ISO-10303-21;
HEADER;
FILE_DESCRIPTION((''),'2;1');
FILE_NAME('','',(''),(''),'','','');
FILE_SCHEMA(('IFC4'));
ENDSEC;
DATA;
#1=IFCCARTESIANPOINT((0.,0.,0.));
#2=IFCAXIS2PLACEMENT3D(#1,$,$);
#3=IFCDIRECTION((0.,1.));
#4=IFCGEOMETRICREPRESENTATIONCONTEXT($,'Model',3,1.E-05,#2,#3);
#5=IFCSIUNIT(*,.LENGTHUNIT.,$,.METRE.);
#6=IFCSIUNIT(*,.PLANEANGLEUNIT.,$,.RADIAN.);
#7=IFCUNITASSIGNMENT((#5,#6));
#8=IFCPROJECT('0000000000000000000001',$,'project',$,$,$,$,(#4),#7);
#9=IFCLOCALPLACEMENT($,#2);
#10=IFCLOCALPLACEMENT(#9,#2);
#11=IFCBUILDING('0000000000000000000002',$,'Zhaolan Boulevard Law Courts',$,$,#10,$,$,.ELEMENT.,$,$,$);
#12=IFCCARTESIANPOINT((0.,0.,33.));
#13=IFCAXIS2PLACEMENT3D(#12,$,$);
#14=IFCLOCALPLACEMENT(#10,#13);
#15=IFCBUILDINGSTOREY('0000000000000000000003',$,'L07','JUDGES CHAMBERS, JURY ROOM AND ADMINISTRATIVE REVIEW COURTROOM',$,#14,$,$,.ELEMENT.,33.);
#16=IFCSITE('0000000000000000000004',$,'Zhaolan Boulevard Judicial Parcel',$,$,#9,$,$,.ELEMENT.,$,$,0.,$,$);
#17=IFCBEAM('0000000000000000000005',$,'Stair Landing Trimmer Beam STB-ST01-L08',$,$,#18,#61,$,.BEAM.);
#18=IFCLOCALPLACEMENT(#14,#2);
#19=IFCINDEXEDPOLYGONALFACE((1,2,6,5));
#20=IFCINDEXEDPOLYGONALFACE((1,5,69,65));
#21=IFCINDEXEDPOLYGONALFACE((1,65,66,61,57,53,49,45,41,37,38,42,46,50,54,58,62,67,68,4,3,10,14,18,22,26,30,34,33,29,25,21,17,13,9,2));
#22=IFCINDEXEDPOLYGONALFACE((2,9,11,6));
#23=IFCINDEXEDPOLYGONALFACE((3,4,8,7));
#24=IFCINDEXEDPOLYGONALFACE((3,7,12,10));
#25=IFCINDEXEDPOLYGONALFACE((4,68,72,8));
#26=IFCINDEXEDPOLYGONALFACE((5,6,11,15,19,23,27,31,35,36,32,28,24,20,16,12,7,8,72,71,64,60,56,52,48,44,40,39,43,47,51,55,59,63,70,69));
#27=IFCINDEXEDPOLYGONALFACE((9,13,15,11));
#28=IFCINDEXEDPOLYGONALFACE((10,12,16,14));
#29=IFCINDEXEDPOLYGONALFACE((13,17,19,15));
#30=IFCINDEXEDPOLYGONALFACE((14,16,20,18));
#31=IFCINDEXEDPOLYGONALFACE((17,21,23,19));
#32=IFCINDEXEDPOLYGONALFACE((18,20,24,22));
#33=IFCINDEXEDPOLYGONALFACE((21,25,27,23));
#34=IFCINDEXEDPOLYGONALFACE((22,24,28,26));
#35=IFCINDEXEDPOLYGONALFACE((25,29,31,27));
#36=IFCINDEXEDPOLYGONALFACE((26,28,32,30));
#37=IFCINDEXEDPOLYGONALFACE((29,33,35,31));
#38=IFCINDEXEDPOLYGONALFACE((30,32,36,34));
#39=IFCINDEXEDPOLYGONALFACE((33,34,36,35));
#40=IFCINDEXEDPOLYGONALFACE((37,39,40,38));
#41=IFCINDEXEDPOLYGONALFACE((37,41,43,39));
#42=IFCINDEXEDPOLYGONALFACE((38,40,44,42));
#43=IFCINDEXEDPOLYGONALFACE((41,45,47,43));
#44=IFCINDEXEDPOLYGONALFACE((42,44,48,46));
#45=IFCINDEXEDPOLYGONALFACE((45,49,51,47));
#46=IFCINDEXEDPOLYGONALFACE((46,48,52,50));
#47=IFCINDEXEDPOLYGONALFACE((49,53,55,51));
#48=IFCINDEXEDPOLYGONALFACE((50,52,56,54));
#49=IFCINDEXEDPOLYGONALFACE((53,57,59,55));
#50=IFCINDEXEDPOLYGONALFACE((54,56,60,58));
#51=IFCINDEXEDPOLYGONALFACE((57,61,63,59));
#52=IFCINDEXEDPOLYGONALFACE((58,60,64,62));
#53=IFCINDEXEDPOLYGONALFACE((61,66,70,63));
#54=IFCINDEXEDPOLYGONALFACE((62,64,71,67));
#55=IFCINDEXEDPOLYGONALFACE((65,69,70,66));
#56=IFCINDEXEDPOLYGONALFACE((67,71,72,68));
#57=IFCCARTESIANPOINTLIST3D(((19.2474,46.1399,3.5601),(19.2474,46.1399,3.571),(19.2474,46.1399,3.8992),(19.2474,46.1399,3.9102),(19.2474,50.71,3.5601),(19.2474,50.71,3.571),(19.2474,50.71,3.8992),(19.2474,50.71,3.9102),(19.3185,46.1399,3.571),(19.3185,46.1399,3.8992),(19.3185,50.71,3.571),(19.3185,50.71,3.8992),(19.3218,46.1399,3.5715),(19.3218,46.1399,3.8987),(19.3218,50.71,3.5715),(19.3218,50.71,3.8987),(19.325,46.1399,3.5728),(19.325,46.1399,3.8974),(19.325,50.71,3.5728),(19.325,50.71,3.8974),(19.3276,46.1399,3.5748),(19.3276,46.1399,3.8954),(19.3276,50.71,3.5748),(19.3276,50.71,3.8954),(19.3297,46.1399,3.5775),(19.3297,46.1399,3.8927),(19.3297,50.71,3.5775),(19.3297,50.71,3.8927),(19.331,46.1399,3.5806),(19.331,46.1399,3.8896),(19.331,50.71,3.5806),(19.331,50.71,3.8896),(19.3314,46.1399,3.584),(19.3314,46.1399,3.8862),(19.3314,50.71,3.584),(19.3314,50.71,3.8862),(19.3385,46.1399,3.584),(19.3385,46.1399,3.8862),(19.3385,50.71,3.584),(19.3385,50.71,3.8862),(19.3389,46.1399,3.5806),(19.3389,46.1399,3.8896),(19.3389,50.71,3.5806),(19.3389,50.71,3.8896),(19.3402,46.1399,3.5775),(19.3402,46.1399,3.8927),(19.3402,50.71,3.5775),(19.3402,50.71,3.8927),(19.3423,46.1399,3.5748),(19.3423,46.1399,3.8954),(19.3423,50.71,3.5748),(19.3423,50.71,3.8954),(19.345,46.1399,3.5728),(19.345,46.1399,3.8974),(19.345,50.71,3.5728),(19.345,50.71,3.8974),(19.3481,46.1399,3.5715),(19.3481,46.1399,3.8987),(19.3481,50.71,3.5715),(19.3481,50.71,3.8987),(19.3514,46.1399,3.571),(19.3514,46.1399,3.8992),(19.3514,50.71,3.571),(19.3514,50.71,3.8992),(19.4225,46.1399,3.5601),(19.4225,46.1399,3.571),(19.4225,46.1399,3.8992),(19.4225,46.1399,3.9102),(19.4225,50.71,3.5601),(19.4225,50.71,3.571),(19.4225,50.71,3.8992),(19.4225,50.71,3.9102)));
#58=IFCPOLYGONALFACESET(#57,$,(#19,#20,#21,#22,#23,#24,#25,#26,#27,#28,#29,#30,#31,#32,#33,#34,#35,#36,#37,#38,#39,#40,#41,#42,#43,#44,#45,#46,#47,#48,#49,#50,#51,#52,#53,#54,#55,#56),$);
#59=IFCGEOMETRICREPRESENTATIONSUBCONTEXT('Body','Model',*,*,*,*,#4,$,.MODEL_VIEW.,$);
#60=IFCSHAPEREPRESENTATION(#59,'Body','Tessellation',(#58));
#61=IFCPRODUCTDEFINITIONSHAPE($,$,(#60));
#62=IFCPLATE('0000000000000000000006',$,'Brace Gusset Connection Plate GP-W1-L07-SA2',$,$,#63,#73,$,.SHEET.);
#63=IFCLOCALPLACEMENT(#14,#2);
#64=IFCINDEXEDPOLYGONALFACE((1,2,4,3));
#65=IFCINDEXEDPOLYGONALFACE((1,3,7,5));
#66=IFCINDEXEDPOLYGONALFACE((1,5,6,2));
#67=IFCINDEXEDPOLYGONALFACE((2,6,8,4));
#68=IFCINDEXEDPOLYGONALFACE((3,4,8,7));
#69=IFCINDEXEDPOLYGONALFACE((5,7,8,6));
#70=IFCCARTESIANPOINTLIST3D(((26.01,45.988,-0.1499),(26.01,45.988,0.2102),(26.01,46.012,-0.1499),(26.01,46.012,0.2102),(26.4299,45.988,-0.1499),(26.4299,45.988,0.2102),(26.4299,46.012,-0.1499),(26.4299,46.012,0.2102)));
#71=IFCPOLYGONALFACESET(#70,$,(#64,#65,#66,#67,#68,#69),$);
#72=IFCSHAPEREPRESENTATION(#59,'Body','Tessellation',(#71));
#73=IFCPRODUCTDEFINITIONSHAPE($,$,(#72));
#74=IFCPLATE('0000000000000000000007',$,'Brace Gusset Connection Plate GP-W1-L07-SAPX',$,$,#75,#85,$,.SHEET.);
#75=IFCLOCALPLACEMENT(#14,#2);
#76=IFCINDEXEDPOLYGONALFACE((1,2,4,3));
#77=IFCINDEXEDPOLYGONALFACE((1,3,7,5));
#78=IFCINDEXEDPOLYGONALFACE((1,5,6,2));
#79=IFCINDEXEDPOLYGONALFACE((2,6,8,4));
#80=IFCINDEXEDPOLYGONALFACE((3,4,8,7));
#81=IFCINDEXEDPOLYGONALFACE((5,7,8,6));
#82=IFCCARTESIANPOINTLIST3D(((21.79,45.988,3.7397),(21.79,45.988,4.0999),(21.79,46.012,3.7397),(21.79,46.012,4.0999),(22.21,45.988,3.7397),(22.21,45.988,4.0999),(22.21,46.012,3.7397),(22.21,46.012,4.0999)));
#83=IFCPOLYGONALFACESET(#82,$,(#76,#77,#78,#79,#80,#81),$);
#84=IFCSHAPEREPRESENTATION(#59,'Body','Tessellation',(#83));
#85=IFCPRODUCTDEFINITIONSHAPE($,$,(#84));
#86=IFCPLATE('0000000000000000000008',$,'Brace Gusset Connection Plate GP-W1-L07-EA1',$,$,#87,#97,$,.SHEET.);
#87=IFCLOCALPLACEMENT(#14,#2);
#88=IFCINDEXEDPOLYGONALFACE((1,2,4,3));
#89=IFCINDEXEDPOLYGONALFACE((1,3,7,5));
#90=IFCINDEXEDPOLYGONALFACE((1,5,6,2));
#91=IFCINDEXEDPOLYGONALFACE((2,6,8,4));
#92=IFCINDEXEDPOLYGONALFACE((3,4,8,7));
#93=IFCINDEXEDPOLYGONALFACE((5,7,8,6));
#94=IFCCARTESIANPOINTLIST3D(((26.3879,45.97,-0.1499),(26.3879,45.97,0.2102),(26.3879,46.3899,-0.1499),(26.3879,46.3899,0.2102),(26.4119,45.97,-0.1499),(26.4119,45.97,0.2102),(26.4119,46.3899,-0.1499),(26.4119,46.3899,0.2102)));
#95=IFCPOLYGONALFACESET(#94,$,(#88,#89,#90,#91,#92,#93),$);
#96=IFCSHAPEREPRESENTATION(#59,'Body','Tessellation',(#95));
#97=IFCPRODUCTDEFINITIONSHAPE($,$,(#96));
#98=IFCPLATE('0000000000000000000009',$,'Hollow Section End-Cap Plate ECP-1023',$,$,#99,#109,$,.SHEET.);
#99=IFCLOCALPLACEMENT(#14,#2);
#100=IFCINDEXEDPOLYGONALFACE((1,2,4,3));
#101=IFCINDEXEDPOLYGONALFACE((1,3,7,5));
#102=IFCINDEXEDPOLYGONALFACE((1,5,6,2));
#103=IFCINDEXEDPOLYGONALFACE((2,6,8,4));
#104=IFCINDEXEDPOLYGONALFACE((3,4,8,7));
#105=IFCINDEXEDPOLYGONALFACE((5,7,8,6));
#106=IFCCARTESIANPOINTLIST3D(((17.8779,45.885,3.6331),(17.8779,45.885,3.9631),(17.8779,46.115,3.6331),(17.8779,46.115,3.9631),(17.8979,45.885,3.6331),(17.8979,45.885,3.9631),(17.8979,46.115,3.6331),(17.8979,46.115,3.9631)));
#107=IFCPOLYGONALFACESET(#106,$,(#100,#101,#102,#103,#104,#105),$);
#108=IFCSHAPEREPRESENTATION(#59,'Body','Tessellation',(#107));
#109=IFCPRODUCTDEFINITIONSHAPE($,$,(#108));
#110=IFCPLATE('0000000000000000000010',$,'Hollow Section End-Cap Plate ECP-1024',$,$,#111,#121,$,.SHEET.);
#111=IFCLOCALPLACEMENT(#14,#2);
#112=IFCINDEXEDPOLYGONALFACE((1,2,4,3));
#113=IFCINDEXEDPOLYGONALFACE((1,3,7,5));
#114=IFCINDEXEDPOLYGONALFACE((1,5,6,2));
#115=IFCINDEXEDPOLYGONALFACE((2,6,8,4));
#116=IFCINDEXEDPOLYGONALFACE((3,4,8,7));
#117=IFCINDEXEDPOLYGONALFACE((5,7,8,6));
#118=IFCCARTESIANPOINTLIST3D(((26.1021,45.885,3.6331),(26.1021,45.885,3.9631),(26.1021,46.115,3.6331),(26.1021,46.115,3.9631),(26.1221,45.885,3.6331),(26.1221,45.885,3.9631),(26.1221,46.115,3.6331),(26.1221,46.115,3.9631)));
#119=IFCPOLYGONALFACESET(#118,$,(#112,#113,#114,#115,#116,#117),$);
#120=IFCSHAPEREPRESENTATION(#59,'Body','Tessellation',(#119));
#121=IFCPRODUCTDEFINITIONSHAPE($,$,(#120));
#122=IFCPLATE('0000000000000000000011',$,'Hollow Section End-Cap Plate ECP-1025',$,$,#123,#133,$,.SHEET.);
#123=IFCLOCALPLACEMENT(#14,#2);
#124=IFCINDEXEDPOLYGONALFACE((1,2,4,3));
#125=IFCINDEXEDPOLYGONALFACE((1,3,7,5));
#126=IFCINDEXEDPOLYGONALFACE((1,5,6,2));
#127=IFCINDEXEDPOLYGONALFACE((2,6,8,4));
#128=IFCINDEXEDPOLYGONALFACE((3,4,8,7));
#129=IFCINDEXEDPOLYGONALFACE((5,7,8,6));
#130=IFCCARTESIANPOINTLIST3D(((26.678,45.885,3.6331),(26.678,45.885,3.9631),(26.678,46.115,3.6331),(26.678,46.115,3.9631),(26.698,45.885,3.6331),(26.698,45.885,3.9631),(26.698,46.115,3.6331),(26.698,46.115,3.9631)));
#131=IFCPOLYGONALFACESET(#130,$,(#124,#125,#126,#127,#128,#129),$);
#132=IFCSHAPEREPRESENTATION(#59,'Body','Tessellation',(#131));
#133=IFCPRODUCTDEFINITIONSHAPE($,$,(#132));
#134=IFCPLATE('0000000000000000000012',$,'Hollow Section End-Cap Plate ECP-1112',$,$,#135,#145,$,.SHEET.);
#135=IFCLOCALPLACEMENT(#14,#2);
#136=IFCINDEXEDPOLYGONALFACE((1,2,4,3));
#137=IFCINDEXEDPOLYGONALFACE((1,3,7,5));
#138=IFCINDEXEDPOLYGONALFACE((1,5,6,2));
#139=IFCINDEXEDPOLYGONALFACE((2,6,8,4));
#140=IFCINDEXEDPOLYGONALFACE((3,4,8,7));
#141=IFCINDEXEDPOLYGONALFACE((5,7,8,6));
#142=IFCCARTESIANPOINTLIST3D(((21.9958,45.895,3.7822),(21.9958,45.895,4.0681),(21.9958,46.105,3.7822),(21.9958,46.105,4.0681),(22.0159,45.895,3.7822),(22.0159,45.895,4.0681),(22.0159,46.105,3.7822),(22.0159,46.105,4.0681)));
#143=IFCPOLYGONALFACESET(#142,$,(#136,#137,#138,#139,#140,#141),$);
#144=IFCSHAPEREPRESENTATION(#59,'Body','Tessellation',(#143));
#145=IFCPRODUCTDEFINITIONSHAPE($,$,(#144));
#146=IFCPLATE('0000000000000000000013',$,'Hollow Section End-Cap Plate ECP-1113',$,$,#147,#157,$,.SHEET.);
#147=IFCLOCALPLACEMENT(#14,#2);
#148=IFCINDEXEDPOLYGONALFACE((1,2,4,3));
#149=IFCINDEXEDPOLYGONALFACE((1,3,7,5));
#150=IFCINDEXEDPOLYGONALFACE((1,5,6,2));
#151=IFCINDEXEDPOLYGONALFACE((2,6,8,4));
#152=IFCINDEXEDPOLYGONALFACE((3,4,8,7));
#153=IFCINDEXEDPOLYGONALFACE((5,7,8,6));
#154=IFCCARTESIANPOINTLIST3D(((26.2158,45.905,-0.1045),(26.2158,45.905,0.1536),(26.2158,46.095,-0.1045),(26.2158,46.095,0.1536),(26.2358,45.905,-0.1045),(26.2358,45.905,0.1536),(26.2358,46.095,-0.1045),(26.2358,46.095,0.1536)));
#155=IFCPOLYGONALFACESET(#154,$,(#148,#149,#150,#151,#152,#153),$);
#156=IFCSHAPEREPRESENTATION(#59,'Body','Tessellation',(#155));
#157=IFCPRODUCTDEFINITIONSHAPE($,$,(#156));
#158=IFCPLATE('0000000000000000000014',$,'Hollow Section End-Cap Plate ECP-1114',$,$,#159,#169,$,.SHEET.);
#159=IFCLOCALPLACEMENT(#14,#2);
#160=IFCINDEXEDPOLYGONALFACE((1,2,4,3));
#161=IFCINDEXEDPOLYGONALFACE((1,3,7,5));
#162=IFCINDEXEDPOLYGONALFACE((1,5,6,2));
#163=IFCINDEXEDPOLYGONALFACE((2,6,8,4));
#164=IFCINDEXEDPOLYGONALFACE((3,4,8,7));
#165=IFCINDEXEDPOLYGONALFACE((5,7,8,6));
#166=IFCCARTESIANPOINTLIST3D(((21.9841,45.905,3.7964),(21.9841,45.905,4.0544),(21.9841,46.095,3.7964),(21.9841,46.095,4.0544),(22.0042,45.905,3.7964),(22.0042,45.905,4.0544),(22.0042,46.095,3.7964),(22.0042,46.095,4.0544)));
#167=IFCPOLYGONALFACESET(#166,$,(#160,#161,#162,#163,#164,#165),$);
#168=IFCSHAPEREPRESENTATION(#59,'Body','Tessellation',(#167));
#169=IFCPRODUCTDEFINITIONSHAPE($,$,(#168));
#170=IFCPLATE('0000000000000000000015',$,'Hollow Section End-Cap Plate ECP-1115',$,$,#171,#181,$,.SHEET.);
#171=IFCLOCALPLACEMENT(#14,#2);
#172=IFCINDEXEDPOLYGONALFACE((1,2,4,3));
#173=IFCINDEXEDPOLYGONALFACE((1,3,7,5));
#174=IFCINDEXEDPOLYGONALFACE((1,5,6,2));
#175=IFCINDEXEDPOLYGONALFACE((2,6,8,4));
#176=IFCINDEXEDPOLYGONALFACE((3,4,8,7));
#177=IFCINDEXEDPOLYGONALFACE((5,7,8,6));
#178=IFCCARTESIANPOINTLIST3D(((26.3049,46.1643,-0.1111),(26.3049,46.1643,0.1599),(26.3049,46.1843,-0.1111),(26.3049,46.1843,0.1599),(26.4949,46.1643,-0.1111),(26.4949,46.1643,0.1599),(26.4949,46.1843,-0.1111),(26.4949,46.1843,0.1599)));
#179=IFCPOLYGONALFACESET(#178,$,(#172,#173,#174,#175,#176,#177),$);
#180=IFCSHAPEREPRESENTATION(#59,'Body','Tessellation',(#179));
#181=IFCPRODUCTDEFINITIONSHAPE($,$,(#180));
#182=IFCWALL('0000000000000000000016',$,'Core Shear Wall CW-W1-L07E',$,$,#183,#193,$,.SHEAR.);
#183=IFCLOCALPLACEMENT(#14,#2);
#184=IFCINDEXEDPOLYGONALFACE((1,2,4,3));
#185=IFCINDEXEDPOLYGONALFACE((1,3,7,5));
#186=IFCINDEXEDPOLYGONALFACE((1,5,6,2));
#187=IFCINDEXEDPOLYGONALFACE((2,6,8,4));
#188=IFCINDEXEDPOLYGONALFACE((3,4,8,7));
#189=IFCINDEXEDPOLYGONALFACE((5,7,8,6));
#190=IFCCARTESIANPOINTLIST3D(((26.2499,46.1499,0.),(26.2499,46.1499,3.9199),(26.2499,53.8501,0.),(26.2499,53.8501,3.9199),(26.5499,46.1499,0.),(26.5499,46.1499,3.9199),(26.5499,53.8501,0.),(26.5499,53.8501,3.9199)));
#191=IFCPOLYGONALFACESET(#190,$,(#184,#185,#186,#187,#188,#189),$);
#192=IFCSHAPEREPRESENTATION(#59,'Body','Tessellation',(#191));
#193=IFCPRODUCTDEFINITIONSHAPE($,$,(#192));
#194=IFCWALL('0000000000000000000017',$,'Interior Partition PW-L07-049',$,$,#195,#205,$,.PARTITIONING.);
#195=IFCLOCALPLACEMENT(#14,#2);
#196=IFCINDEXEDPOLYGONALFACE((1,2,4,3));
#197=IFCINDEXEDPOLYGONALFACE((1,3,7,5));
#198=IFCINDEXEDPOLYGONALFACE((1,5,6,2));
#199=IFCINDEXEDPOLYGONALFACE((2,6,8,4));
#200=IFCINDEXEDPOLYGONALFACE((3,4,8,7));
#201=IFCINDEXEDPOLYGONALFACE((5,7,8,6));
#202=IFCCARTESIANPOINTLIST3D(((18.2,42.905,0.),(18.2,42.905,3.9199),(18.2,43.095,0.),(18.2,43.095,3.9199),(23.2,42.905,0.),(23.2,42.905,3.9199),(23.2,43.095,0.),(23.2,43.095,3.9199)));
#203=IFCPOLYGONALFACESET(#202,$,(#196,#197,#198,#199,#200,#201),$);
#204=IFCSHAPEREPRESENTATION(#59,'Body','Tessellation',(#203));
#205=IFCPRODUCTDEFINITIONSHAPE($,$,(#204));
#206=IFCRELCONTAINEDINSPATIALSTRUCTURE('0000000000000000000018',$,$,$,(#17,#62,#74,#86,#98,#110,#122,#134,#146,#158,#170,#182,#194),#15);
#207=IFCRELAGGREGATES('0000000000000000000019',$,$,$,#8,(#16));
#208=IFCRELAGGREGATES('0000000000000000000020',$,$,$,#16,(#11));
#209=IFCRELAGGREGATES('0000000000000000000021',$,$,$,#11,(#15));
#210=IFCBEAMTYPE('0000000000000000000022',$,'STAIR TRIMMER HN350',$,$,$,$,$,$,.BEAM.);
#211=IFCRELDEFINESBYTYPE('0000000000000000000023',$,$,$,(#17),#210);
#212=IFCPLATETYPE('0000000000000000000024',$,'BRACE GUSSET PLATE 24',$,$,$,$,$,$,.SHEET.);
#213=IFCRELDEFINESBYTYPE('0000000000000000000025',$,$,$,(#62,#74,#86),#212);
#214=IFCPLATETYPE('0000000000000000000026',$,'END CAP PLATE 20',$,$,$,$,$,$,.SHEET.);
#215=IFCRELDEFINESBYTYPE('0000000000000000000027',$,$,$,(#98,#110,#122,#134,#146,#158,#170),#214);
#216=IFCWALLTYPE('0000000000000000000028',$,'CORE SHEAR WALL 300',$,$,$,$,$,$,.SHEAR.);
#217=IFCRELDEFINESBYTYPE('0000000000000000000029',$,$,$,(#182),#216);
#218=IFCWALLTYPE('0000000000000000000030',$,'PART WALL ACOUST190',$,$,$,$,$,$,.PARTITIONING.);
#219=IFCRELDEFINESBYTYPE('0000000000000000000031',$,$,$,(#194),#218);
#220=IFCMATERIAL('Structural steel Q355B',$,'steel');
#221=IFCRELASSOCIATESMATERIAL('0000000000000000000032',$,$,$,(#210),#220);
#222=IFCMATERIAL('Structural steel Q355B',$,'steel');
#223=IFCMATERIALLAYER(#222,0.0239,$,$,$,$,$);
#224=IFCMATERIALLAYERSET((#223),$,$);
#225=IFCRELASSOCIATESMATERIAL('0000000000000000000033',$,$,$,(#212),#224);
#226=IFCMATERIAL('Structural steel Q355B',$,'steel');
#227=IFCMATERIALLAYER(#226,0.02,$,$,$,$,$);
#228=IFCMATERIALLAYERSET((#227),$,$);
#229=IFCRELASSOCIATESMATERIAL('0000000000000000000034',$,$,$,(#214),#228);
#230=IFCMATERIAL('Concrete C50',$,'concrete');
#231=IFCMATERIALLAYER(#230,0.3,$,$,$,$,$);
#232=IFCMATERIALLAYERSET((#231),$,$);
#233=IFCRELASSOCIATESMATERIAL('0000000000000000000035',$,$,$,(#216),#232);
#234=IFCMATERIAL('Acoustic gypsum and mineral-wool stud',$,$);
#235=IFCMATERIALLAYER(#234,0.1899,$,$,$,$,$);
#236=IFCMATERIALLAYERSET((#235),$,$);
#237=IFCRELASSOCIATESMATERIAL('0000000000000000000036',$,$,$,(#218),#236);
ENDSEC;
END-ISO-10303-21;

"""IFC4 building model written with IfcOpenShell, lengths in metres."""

from ifc_helpers import new_model, si_unit, direction, frame, frame_2d, origin, origin_2d, place, context, subcontext, project, spatial, rectangle, i_section, extrude, material, layer, layer_set, material_profile, profile_set, type_object, element, save


model = new_model("IFC4")

# Units and contexts
model_context = context("Model", 3, precision=1e-05, world=origin(), true_north=direction((0.0, 1.0)))
body_context = subcontext(model_context, "Body", "Model", "MODEL_VIEW")
ifc_project = project(units=[si_unit("LENGTHUNIT", "METRE"), si_unit("PLANEANGLEUNIT", "RADIAN")], contexts=[model_context])

# Site, building, storey
site_placement = place(None, origin())
site = spatial("IfcSite", under=ifc_project, at=site_placement, Name="Zhaolan Boulevard Judicial Parcel", CompositionType="ELEMENT", RefElevation=0.0)
building_placement = place(site_placement, origin())
building = spatial("IfcBuilding", under=site, at=building_placement, Name="Zhaolan Boulevard Law Courts", CompositionType="ELEMENT")
storey_placement = place(building_placement, frame((0.0, 0.0, 33.0)))
storey = spatial("IfcBuildingStorey", under=building, at=storey_placement, Name="L07", Description="JUDGES CHAMBERS, JURY ROOM AND ADMINISTRATIVE REVIEW COURTROOM", CompositionType="ELEMENT", Elevation=33.0)

# Beam
ifc_material_1 = material(Name="Structural steel Q355B", Category="steel")
ifc_material_profile_1 = material_profile(ifc_material_1, i_section(OverallWidth=0.175, OverallDepth=0.3501, WebThickness=0.0071, FlangeThickness=0.011, FilletRadius=0.0129, at=origin_2d()), Name="HN350x175")
ifc_profile_set_1 = profile_set([ifc_material_profile_1], Name="Structural steel Q355B")
beam_type_1 = type_object("IfcBeamType", Name="STAIR TRIMMER HN350", PredefinedType="BEAM", material=ifc_profile_set_1)
beam_1_placement = place(storey_placement, frame((19.335, 46.1399, 3.7351), z_axis=(0.0, 1.0, 0.0), x_axis=(-1.0, 0.0, 0.0)))
element("IfcBeam", 1, at=beam_1_placement, inside=storey, type_object=beam_type_1, Name="Stair Landing Trimmer Beam STB-ST01-L08", PredefinedType="BEAM", context=body_context, shape_type="SweptSolid", body=[
    extrude(i_section(OverallWidth=0.175, OverallDepth=0.3501, WebThickness=0.0071, FlangeThickness=0.011, FilletRadius=0.0129, at=origin_2d()), origin(), (0.0, 0.0, 1.0), 4.5701),
])

# Plates
ifc_material_2 = material(Name="Structural steel Q355B", Category="steel")
ifc_layer_1 = layer(ifc_material_2, 0.0239)
ifc_layer_set_1 = layer_set([ifc_layer_1])
plate_type_1 = type_object("IfcPlateType", Name="BRACE GUSSET PLATE 24", PredefinedType="SHEET", material=ifc_layer_set_1)
for number, where, z_axis, x_axis, name in (
    (2, (26.22, 46.0, -0.1499), (0.0, 0.0, 1.0), (1.0, 0.0, 0.0), "Brace Gusset Connection Plate GP-W1-L07-SA2"),
    (3, (22.0, 46.0, 3.7397), (0.0, 0.0, 1.0), (1.0, 0.0, 0.0), "Brace Gusset Connection Plate GP-W1-L07-SAPX"),
    (4, (26.3999, 46.1799, -0.1499), (0.0, 0.0, 1.0), (0.0, 1.0, 0.0), "Brace Gusset Connection Plate GP-W1-L07-EA1"),
):
    element("IfcPlate", number, at=place(storey_placement, frame(where, z_axis=z_axis, x_axis=x_axis)), inside=storey, type_object=plate_type_1, Name=name, PredefinedType="SHEET", context=body_context, shape_type="SweptSolid", body=[
        extrude(rectangle(XDim=0.4199, YDim=0.0239, at=origin_2d()), origin(), (0.0, 0.0, 1.0), 0.3601),
    ])
ifc_material_3 = material(Name="Structural steel Q355B", Category="steel")
ifc_layer_2 = layer(ifc_material_3, 0.02)
ifc_layer_set_2 = layer_set([ifc_layer_2])
plate_type_2 = type_object("IfcPlateType", Name="END CAP PLATE 20", PredefinedType="SHEET", material=ifc_layer_set_2)
for number, where, z_axis, x_axis, name in (
    (5, (17.8879, 46.0, 3.6331), (0.0, 0.0, 1.0), (1.0, 0.0, 0.0), "Hollow Section End-Cap Plate ECP-1023"),
    (6, (26.1121, 46.0, 3.6331), (0.0, 0.0, 1.0), (1.0, 0.0, 0.0), "Hollow Section End-Cap Plate ECP-1024"),
    (7, (26.688, 46.0, 3.6331), (0.0, 0.0, 1.0), (1.0, 0.0, 0.0), "Hollow Section End-Cap Plate ECP-1025"),
):
    element("IfcPlate", number, at=place(storey_placement, frame(where, z_axis=z_axis, x_axis=x_axis)), inside=storey, type_object=plate_type_2, Name=name, PredefinedType="SHEET", context=body_context, shape_type="SweptSolid", body=[
        extrude(rectangle(XDim=0.02, YDim=0.23, at=origin_2d()), origin(), (0.0, 0.0, 1.0), 0.3301),
    ])
plate_1_placement = place(storey_placement, frame((22.0059, 46.0, 3.7822), z_axis=(0.0, 0.0, 1.0), x_axis=(1.0, 0.0, 0.0)))
element("IfcPlate", 8, at=plate_1_placement, inside=storey, type_object=plate_type_2, Name="Hollow Section End-Cap Plate ECP-1112", PredefinedType="SHEET", context=body_context, shape_type="SweptSolid", body=[
    extrude(rectangle(XDim=0.02, YDim=0.21, at=origin_2d()), origin(), (0.0, 0.0, 1.0), 0.2859),
])
for number, where, z_axis, x_axis, name in (
    (9, (26.2258, 46.0, -0.1045), (0.0, 0.0, 1.0), (-1.0, 0.0, 0.0), "Hollow Section End-Cap Plate ECP-1113"),
    (10, (21.9941, 46.0, 3.7964), (0.0, 0.0, 1.0), (-1.0, 0.0, 0.0), "Hollow Section End-Cap Plate ECP-1114"),
):
    element("IfcPlate", number, at=place(storey_placement, frame(where, z_axis=z_axis, x_axis=x_axis)), inside=storey, type_object=plate_type_2, Name=name, PredefinedType="SHEET", context=body_context, shape_type="SweptSolid", body=[
        extrude(rectangle(XDim=0.02, YDim=0.1899, at=origin_2d()), origin(), (0.0, 0.0, 1.0), 0.2581),
    ])
plate_2_placement = place(storey_placement, frame((26.3999, 46.1743, -0.1111), z_axis=(0.0, 0.0, 1.0), x_axis=(0.0, 1.0, 0.0)))
element("IfcPlate", 11, at=plate_2_placement, inside=storey, type_object=plate_type_2, Name="Hollow Section End-Cap Plate ECP-1115", PredefinedType="SHEET", context=body_context, shape_type="SweptSolid", body=[
    extrude(rectangle(XDim=0.02, YDim=0.1899, at=origin_2d()), origin(), (0.0, 0.0, 1.0), 0.271),
])

# Walls
ifc_material_4 = material(Name="Concrete C50", Category="concrete")
ifc_layer_3 = layer(ifc_material_4, 0.3)
ifc_layer_set_3 = layer_set([ifc_layer_3])
wall_type_1 = type_object("IfcWallType", Name="CORE SHEAR WALL 300", PredefinedType="SHEAR", material=ifc_layer_set_3)
wall_1_placement = place(storey_placement, frame((26.3999, 46.1499, 0.0), z_axis=(0.0, 0.0, 1.0), x_axis=(0.0, 1.0, 0.0)))
element("IfcWall", 12, at=wall_1_placement, inside=storey, type_object=wall_type_1, Name="Core Shear Wall CW-W1-L07E", PredefinedType="SHEAR", context=body_context, shape_type="SweptSolid", body=[
    extrude(rectangle(XDim=7.7002, YDim=0.3, at=frame_2d((3.8501, 0.0))), origin(), (0.0, 0.0, 1.0), 3.9199),
])
ifc_material_5 = material(Name="Acoustic gypsum and mineral-wool stud")
ifc_layer_4 = layer(ifc_material_5, 0.1899)
ifc_layer_set_4 = layer_set([ifc_layer_4])
wall_type_2 = type_object("IfcWallType", Name="PART WALL ACOUST190", PredefinedType="PARTITIONING", material=ifc_layer_set_4)
wall_2_placement = place(storey_placement, frame((18.2, 43.0, 0.0), z_axis=(0.0, 0.0, 1.0), x_axis=(1.0, 0.0, 0.0)))
element("IfcWall", 13, at=wall_2_placement, inside=storey, type_object=wall_type_2, Name="Interior Partition PW-L07-049", PredefinedType="PARTITIONING", context=body_context, shape_type="SweptSolid", body=[
    extrude(rectangle(XDim=5.0, YDim=0.1899, at=frame_2d((2.5, 0.0))), origin(), (0.0, 0.0, 1.0), 3.9199),
])

save(model, "model.ifc")
